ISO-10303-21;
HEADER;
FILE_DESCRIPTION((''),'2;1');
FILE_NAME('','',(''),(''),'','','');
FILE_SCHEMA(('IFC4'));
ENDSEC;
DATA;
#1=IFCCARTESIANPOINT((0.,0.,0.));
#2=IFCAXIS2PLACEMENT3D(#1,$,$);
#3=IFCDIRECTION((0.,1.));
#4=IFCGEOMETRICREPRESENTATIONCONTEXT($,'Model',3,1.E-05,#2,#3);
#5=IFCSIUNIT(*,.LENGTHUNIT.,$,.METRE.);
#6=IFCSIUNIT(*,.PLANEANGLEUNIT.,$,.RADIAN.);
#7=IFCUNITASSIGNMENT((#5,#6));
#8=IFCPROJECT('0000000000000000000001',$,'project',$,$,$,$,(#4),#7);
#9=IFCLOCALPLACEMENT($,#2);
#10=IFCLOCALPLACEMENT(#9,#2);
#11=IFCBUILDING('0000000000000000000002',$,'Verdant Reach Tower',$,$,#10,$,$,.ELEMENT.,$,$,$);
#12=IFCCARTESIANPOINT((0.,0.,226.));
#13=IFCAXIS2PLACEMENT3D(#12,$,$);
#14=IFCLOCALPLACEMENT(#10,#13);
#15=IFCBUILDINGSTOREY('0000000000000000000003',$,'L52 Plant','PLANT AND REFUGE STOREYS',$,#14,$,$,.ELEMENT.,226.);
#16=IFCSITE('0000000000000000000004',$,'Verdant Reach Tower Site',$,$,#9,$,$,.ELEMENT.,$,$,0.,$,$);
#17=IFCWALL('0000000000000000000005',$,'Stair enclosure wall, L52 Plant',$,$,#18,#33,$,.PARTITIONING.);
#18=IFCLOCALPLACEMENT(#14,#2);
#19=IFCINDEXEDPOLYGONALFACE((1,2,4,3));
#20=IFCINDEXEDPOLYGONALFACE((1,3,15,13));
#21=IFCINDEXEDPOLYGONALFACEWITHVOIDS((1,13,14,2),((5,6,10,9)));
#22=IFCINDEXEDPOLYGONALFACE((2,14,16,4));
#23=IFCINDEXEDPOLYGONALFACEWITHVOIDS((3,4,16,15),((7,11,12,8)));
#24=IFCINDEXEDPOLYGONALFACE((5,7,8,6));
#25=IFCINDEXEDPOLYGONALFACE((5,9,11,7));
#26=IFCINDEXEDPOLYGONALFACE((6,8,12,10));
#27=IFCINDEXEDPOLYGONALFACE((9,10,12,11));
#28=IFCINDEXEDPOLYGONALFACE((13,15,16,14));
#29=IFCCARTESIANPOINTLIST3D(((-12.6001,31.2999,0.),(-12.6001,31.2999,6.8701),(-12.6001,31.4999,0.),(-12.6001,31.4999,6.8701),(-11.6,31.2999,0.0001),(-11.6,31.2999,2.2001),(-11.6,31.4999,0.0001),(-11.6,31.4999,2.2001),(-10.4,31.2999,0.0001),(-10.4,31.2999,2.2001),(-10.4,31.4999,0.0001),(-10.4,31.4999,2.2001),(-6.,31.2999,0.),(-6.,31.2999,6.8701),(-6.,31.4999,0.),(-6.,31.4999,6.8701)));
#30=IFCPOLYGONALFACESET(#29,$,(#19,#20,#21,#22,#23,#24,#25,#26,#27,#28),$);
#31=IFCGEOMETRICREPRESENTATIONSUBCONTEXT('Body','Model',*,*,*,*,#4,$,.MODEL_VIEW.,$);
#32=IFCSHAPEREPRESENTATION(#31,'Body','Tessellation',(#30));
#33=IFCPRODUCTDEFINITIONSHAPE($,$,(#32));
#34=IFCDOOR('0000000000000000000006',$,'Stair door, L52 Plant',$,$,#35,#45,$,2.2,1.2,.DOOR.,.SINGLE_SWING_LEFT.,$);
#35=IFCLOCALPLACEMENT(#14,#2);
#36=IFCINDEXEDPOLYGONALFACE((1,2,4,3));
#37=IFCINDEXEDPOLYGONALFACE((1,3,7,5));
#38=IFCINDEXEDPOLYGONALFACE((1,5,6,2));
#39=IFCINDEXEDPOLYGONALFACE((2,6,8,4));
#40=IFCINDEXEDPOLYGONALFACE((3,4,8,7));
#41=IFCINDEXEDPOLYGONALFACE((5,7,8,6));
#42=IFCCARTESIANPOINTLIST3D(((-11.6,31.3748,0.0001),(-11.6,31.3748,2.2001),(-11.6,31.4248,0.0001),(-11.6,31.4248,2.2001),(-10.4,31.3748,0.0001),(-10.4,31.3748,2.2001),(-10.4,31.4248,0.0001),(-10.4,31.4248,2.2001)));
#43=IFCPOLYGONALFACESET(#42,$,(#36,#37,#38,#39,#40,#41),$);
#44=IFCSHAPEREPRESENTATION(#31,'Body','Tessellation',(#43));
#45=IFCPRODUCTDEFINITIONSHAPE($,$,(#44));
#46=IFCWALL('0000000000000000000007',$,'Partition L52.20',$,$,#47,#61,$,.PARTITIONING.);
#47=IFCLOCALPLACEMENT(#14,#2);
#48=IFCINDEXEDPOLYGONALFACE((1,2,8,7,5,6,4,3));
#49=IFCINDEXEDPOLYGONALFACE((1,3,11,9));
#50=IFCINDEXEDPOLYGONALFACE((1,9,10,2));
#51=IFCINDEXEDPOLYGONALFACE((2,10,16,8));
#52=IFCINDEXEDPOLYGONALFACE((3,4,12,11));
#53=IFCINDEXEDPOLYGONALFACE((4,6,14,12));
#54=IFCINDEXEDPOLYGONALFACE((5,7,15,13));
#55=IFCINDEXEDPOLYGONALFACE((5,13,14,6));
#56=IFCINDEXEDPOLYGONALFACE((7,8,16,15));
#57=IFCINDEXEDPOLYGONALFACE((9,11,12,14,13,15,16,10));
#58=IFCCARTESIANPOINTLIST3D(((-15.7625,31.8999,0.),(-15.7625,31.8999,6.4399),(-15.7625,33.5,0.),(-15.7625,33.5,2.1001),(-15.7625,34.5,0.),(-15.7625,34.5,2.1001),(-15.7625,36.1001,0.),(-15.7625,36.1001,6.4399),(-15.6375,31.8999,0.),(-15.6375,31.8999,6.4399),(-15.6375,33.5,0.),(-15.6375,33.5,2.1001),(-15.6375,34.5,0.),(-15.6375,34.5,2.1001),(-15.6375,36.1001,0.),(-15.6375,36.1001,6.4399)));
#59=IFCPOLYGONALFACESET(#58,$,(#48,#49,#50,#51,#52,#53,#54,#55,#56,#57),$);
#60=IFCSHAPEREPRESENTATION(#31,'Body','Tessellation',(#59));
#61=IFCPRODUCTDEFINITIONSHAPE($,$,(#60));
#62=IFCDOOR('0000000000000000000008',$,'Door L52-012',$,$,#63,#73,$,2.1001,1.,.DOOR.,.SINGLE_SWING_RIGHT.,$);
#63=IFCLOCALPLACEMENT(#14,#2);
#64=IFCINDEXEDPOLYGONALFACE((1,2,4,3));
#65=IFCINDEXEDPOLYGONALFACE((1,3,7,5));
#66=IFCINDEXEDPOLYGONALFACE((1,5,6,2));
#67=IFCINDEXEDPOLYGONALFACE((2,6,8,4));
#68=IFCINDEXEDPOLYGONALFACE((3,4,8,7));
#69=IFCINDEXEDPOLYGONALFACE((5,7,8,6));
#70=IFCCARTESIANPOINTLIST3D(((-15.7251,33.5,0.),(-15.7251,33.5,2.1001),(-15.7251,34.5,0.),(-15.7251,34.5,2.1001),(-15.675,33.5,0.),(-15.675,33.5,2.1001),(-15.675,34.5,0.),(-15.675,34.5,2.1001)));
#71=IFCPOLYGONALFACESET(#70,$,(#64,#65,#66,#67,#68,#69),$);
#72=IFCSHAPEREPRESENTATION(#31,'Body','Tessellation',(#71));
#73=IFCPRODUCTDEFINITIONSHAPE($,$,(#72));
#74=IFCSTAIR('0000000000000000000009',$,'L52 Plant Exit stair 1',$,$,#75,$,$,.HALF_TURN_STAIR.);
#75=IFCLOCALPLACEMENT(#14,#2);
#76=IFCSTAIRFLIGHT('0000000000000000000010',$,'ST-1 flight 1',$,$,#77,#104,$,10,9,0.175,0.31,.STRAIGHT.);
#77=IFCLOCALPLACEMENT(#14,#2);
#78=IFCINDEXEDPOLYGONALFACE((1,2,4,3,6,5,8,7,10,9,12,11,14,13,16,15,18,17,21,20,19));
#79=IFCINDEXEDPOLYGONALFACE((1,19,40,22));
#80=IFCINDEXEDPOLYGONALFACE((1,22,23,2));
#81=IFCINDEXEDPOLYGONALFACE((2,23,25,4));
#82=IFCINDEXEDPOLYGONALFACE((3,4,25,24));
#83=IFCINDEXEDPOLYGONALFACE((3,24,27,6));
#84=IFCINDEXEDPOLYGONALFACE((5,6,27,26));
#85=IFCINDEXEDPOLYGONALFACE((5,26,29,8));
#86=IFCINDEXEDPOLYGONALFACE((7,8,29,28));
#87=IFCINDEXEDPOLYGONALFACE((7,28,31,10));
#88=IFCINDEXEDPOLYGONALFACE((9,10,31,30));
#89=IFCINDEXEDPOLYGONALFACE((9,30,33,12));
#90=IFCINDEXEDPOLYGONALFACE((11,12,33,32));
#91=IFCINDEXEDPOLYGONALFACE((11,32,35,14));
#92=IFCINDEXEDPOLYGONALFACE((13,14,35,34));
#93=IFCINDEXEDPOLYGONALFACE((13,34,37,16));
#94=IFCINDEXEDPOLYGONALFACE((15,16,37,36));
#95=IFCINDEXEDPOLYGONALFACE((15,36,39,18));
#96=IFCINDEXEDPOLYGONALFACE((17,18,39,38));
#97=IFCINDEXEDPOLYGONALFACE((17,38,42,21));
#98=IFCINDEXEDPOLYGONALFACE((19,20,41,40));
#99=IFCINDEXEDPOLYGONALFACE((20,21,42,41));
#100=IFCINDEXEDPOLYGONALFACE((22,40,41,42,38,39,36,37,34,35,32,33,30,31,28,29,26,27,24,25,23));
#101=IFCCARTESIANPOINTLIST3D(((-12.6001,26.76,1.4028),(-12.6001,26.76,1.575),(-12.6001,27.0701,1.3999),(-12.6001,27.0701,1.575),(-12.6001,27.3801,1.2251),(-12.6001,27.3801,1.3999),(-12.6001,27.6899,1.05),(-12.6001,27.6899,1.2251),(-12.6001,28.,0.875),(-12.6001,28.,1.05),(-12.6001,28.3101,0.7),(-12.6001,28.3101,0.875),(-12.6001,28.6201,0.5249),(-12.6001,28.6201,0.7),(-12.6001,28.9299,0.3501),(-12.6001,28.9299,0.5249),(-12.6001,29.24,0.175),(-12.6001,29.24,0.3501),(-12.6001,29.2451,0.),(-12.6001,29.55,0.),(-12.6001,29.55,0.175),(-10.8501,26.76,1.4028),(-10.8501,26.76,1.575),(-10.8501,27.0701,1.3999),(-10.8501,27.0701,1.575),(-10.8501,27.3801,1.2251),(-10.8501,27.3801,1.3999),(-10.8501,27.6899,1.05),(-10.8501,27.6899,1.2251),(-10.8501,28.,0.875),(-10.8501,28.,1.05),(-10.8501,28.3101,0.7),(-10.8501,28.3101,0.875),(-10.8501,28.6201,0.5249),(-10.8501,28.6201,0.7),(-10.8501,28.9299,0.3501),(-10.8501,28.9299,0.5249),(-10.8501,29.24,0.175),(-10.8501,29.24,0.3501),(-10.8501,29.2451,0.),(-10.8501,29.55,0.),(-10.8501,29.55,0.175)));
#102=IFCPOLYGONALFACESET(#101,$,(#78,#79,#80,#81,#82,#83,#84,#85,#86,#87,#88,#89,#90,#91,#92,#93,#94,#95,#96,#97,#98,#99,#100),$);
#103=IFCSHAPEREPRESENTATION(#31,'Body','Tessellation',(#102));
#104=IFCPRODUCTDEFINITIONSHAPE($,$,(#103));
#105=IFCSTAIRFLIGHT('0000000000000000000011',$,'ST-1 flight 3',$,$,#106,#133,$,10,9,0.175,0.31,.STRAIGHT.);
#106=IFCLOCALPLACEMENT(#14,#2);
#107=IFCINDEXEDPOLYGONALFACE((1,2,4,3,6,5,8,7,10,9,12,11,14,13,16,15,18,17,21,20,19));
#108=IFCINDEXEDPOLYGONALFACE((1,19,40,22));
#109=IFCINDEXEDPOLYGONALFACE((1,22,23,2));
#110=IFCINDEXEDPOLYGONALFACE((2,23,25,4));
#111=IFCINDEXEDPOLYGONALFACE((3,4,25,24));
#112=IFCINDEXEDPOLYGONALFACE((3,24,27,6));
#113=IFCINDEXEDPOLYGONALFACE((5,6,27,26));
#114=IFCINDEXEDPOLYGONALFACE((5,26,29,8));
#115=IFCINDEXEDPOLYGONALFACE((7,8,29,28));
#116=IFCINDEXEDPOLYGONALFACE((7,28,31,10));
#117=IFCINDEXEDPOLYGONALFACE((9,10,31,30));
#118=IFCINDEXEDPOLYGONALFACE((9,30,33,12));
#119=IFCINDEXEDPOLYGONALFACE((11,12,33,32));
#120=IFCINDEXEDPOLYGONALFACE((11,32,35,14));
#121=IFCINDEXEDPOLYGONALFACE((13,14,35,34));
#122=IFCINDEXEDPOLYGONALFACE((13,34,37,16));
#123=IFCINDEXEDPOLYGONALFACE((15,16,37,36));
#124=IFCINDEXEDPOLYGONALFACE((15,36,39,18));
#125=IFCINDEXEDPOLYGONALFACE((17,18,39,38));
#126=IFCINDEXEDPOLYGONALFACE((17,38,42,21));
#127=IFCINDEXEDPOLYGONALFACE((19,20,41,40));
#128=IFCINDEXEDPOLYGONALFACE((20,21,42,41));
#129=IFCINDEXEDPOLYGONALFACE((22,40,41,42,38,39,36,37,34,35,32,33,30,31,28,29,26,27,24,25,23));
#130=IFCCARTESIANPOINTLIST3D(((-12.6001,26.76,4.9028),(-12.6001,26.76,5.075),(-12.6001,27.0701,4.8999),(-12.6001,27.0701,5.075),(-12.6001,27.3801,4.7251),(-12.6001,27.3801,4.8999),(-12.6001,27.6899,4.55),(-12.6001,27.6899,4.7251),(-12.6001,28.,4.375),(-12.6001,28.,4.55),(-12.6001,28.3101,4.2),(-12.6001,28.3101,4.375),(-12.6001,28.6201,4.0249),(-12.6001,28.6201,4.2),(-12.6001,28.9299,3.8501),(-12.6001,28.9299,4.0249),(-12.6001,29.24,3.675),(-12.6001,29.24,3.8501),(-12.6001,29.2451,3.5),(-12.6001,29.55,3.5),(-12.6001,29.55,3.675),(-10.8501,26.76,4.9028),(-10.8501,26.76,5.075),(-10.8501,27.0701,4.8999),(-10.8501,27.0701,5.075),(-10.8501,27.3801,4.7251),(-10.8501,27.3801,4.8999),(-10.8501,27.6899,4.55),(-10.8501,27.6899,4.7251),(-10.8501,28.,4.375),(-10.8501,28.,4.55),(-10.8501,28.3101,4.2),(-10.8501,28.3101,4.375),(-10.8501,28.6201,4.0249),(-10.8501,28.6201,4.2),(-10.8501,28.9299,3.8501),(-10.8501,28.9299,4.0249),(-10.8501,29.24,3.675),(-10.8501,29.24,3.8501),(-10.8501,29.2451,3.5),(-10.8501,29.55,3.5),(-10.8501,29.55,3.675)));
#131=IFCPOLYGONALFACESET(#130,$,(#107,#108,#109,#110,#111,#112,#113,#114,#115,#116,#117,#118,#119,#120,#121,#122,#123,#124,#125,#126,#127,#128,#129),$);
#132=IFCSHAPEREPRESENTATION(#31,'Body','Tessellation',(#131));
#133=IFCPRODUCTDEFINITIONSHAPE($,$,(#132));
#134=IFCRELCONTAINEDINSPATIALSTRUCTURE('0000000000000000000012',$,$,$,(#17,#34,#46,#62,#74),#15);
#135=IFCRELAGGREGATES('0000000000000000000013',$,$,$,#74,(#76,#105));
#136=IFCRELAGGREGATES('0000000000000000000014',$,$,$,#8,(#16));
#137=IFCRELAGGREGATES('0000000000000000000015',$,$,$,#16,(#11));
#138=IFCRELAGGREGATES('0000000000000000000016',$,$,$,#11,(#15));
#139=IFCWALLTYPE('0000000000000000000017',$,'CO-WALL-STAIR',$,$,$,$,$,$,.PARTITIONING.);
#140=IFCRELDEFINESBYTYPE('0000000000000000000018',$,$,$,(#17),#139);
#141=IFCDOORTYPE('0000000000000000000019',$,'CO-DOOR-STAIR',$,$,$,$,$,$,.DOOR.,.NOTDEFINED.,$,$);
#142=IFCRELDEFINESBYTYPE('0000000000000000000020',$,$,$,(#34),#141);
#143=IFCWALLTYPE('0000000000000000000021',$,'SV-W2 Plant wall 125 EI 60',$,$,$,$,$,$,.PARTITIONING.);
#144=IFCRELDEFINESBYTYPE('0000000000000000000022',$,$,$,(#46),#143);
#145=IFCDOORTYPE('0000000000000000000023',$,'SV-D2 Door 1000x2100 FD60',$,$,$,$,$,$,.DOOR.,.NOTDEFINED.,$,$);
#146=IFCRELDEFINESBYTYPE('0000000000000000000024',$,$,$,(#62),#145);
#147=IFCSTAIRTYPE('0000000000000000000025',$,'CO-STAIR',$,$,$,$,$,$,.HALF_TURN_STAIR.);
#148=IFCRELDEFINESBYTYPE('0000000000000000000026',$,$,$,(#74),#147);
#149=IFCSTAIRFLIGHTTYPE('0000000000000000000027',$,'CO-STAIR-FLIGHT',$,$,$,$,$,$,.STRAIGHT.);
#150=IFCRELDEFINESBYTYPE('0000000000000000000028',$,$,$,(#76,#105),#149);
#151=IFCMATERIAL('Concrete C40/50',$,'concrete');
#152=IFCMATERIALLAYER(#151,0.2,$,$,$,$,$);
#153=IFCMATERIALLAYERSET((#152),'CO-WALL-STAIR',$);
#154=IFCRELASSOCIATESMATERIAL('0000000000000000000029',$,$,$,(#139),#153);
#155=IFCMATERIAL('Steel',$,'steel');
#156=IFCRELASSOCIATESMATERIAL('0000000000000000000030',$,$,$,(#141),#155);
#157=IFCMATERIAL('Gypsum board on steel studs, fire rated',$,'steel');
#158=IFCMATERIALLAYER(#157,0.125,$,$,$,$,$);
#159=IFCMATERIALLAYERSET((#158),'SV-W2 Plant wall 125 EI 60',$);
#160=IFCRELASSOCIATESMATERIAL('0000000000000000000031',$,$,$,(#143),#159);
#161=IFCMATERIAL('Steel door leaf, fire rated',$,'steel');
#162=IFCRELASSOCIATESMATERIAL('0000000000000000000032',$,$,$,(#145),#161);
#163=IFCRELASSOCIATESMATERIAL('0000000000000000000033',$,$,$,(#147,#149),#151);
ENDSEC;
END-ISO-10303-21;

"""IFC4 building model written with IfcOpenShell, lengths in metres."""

from ifc_helpers import new_model, si_unit, direction, frame, frame_2d, origin, place, context, subcontext, project, spatial, polyline, rectangle, outline, extrude, material, layer, layer_set, type_object, element, fill, aggregate, save


model = new_model("IFC4")

# Units and contexts
model_context = context("Model", 3, precision=1e-05, world=origin(), true_north=direction((0.0, 1.0)))
body_context = subcontext(model_context, "Body", "Model", "MODEL_VIEW")
ifc_project = project(units=[si_unit("LENGTHUNIT", "METRE"), si_unit("PLANEANGLEUNIT", "RADIAN")], contexts=[model_context])

# Site, building, storey
site_placement = place(None, origin())
site = spatial("IfcSite", under=ifc_project, at=site_placement, Name="Verdant Reach Tower Site", CompositionType="ELEMENT", RefElevation=0.0)
building_placement = place(site_placement, origin())
building = spatial("IfcBuilding", under=site, at=building_placement, Name="Verdant Reach Tower", CompositionType="ELEMENT")
storey_placement = place(building_placement, frame((0.0, 0.0, 226.0)))
storey = spatial("IfcBuildingStorey", under=building, at=storey_placement, Name="L52 Plant", Description="PLANT AND REFUGE STOREYS", CompositionType="ELEMENT", Elevation=226.0)

# Shared definitions
ifc_material_1 = material(Name="Concrete C40/50", Category="concrete")
ifc_material_2 = material(Name="Steel", Category="steel")

# Walls, openings, doors
ifc_layer_1 = layer(ifc_material_1, 0.2)
ifc_layer_set_1 = layer_set([ifc_layer_1], Name="CO-WALL-STAIR")
wall_type_1 = type_object("IfcWallType", Name="CO-WALL-STAIR", PredefinedType="PARTITIONING", material=ifc_layer_set_1)
wall_1_placement = place(storey_placement, frame((-12.6001, 31.3999, 0.0), z_axis=(0.0, 0.0, 1.0), x_axis=(1.0, 0.0, 0.0)))
wall_1 = element("IfcWall", 1, at=wall_1_placement, inside=storey, type_object=wall_type_1, Name="Stair enclosure wall, L52 Plant", PredefinedType="PARTITIONING", context=body_context, shape_type="SweptSolid", body=[
    extrude(rectangle(XDim=6.6001, YDim=0.2, at=frame_2d((3.3, 0.0))), origin(), (0.0, 0.0, 1.0), 6.8701),
])
opening_1_placement = place(wall_1_placement, frame((1.0, 0.0, 0.0)))
opening_1 = element("IfcOpeningElement", 2, at=opening_1_placement, cuts=wall_1, PredefinedType="OPENING", context=body_context, shape_type="SweptSolid", body=[
    extrude(rectangle(XDim=1.2, YDim=2.2, at=frame_2d((0.6001, 1.1001))), frame((0.0, 0.1099, 0.0), z_axis=(0.0, -1.0, 0.0), x_axis=(1.0, 0.0, 0.0)), (0.0, 0.0, 1.0), 0.22),
])
door_type_1 = type_object("IfcDoorType", Name="CO-DOOR-STAIR", OperationType="NOTDEFINED", PredefinedType="DOOR", material=ifc_material_2)
door_1_placement = place(opening_1_placement, origin())
door_1 = element("IfcDoor", 3, at=door_1_placement, inside=storey, type_object=door_type_1, Name="Stair door, L52 Plant", OperationType="SINGLE_SWING_LEFT", OverallHeight=2.2, OverallWidth=1.2, PredefinedType="DOOR", context=body_context, shape_type="SweptSolid", body=[
    extrude(rectangle(XDim=1.2, YDim=2.2, at=frame_2d((0.6001, 1.1001))), frame((0.0, 0.0249, 0.0), z_axis=(0.0, -1.0, 0.0), x_axis=(1.0, 0.0, 0.0)), (0.0, 0.0, 1.0), 0.05),
])
fill(opening_1, door_1)
ifc_material_3 = material(Name="Gypsum board on steel studs, fire rated", Category="steel")
ifc_layer_2 = layer(ifc_material_3, 0.125)
ifc_layer_set_2 = layer_set([ifc_layer_2], Name="SV-W2 Plant wall 125 EI 60")
wall_type_2 = type_object("IfcWallType", Name="SV-W2 Plant wall 125 EI 60", PredefinedType="PARTITIONING", material=ifc_layer_set_2)
wall_2_placement = place(storey_placement, frame((-15.7, 36.1001, 0.0), z_axis=(0.0, 0.0, 1.0), x_axis=(0.0, -1.0, 0.0)))
wall_2 = element("IfcWall", 4, at=wall_2_placement, inside=storey, type_object=wall_type_2, Name="Partition L52.20", PredefinedType="PARTITIONING", context=body_context, shape_type="SweptSolid", body=[
    extrude(rectangle(XDim=4.2002, YDim=0.125, at=frame_2d((2.1001, 0.0))), origin(), (0.0, 0.0, 1.0), 6.4399),
])
opening_2_placement = place(wall_2_placement, frame((1.6001, 0.0, 0.0)))
opening_2 = element("IfcOpeningElement", 5, at=opening_2_placement, cuts=wall_2, PredefinedType="OPENING", context=body_context, shape_type="SweptSolid", body=[
    extrude(rectangle(XDim=1.0, YDim=2.1001, at=frame_2d((0.5, 1.05))), frame((0.0, 0.0725, 0.0), z_axis=(0.0, -1.0, 0.0), x_axis=(1.0, 0.0, 0.0)), (0.0, 0.0, 1.0), 0.145),
])
ifc_material_4 = material(Name="Steel door leaf, fire rated", Category="steel")
door_type_2 = type_object("IfcDoorType", Name="SV-D2 Door 1000x2100 FD60", OperationType="NOTDEFINED", PredefinedType="DOOR", material=ifc_material_4)
door_2_placement = place(opening_2_placement, origin())
door_2 = element("IfcDoor", 6, at=door_2_placement, inside=storey, type_object=door_type_2, Name="Door L52-012", OperationType="SINGLE_SWING_RIGHT", OverallHeight=2.1001, OverallWidth=1.0, PredefinedType="DOOR", context=body_context, shape_type="SweptSolid", body=[
    extrude(rectangle(XDim=1.0, YDim=2.1001, at=frame_2d((0.5, 1.05))), frame((0.0, 0.0249, 0.0), z_axis=(0.0, -1.0, 0.0), x_axis=(1.0, 0.0, 0.0)), (0.0, 0.0, 1.0), 0.05),
])
fill(opening_2, door_2)

# Stair, stair flights
stair_type = type_object("IfcStairType", Name="CO-STAIR", PredefinedType="HALF_TURN_STAIR", material=ifc_material_1)
stair_placement = place(storey_placement, origin())
stair = element("IfcStair", 7, at=stair_placement, inside=storey, type_object=stair_type, Name="L52 Plant Exit stair 1", PredefinedType="HALF_TURN_STAIR")
stair_flight_type = type_object("IfcStairFlightType", Name="CO-STAIR-FLIGHT", PredefinedType="STRAIGHT", material=ifc_material_1)
stair_flight_1_placement = place(storey_placement, frame((-11.7251, 29.55, 0.0), z_axis=(0.0, 0.0, 1.0), x_axis=(0.0, -1.0, 0.0)))
stair_flight_1 = element("IfcStairFlight", 8, at=stair_flight_1_placement, type_object=stair_flight_type, Name="ST-1 flight 1", NumberOfRisers=10, NumberOfTreads=9, PredefinedType="STRAIGHT", RiserHeight=0.175, TreadLength=0.31, context=body_context, shape_type="SweptSolid", body=[
    extrude(outline(polyline([(0.0, 0.0), (0.0, 0.175), (0.3101, 0.175), (0.3101, 0.3501), (0.6201, 0.3501), (0.6201, 0.5249), (0.9299, 0.5249), (0.9299, 0.7), (1.24, 0.7), (1.24, 0.875), (1.55, 0.875), (1.55, 1.05), (1.8601, 1.05), (1.8601, 1.2251), (2.1699, 1.2251), (2.1699, 1.3999), (2.48, 1.3999), (2.48, 1.575), (2.79, 1.575), (2.79, 1.75), (2.79, 1.4028), (0.3049, 0.0), (0.0, 0.0)])), frame((0.0, 0.875, 0.0), z_axis=(0.0, -1.0, 0.0), x_axis=(1.0, 0.0, 0.0)), (0.0, 0.0, 1.0), 1.75),
])
stair_flight_2_placement = place(storey_placement, frame((-11.7251, 29.55, 3.5), z_axis=(0.0, 0.0, 1.0), x_axis=(0.0, -1.0, 0.0)))
stair_flight_2 = element("IfcStairFlight", 9, at=stair_flight_2_placement, type_object=stair_flight_type, Name="ST-1 flight 3", NumberOfRisers=10, NumberOfTreads=9, PredefinedType="STRAIGHT", RiserHeight=0.175, TreadLength=0.31, context=body_context, shape_type="SweptSolid", body=[
    extrude(outline(polyline([(0.0, 0.0), (0.0, 0.175), (0.3101, 0.175), (0.3101, 0.3501), (0.6201, 0.3501), (0.6201, 0.5249), (0.9299, 0.5249), (0.9299, 0.7), (1.24, 0.7), (1.24, 0.875), (1.55, 0.875), (1.55, 1.05), (1.8601, 1.05), (1.8601, 1.2251), (2.1699, 1.2251), (2.1699, 1.3999), (2.48, 1.3999), (2.48, 1.575), (2.79, 1.575), (2.79, 1.75), (2.79, 1.4028), (0.3049, 0.0), (0.0, 0.0)])), frame((0.0, 0.875, 0.0), z_axis=(0.0, -1.0, 0.0), x_axis=(1.0, 0.0, 0.0)), (0.0, 0.0, 1.0), 1.75),
])
aggregate(stair, [stair_flight_1, stair_flight_2])

save(model, "model.ifc")
